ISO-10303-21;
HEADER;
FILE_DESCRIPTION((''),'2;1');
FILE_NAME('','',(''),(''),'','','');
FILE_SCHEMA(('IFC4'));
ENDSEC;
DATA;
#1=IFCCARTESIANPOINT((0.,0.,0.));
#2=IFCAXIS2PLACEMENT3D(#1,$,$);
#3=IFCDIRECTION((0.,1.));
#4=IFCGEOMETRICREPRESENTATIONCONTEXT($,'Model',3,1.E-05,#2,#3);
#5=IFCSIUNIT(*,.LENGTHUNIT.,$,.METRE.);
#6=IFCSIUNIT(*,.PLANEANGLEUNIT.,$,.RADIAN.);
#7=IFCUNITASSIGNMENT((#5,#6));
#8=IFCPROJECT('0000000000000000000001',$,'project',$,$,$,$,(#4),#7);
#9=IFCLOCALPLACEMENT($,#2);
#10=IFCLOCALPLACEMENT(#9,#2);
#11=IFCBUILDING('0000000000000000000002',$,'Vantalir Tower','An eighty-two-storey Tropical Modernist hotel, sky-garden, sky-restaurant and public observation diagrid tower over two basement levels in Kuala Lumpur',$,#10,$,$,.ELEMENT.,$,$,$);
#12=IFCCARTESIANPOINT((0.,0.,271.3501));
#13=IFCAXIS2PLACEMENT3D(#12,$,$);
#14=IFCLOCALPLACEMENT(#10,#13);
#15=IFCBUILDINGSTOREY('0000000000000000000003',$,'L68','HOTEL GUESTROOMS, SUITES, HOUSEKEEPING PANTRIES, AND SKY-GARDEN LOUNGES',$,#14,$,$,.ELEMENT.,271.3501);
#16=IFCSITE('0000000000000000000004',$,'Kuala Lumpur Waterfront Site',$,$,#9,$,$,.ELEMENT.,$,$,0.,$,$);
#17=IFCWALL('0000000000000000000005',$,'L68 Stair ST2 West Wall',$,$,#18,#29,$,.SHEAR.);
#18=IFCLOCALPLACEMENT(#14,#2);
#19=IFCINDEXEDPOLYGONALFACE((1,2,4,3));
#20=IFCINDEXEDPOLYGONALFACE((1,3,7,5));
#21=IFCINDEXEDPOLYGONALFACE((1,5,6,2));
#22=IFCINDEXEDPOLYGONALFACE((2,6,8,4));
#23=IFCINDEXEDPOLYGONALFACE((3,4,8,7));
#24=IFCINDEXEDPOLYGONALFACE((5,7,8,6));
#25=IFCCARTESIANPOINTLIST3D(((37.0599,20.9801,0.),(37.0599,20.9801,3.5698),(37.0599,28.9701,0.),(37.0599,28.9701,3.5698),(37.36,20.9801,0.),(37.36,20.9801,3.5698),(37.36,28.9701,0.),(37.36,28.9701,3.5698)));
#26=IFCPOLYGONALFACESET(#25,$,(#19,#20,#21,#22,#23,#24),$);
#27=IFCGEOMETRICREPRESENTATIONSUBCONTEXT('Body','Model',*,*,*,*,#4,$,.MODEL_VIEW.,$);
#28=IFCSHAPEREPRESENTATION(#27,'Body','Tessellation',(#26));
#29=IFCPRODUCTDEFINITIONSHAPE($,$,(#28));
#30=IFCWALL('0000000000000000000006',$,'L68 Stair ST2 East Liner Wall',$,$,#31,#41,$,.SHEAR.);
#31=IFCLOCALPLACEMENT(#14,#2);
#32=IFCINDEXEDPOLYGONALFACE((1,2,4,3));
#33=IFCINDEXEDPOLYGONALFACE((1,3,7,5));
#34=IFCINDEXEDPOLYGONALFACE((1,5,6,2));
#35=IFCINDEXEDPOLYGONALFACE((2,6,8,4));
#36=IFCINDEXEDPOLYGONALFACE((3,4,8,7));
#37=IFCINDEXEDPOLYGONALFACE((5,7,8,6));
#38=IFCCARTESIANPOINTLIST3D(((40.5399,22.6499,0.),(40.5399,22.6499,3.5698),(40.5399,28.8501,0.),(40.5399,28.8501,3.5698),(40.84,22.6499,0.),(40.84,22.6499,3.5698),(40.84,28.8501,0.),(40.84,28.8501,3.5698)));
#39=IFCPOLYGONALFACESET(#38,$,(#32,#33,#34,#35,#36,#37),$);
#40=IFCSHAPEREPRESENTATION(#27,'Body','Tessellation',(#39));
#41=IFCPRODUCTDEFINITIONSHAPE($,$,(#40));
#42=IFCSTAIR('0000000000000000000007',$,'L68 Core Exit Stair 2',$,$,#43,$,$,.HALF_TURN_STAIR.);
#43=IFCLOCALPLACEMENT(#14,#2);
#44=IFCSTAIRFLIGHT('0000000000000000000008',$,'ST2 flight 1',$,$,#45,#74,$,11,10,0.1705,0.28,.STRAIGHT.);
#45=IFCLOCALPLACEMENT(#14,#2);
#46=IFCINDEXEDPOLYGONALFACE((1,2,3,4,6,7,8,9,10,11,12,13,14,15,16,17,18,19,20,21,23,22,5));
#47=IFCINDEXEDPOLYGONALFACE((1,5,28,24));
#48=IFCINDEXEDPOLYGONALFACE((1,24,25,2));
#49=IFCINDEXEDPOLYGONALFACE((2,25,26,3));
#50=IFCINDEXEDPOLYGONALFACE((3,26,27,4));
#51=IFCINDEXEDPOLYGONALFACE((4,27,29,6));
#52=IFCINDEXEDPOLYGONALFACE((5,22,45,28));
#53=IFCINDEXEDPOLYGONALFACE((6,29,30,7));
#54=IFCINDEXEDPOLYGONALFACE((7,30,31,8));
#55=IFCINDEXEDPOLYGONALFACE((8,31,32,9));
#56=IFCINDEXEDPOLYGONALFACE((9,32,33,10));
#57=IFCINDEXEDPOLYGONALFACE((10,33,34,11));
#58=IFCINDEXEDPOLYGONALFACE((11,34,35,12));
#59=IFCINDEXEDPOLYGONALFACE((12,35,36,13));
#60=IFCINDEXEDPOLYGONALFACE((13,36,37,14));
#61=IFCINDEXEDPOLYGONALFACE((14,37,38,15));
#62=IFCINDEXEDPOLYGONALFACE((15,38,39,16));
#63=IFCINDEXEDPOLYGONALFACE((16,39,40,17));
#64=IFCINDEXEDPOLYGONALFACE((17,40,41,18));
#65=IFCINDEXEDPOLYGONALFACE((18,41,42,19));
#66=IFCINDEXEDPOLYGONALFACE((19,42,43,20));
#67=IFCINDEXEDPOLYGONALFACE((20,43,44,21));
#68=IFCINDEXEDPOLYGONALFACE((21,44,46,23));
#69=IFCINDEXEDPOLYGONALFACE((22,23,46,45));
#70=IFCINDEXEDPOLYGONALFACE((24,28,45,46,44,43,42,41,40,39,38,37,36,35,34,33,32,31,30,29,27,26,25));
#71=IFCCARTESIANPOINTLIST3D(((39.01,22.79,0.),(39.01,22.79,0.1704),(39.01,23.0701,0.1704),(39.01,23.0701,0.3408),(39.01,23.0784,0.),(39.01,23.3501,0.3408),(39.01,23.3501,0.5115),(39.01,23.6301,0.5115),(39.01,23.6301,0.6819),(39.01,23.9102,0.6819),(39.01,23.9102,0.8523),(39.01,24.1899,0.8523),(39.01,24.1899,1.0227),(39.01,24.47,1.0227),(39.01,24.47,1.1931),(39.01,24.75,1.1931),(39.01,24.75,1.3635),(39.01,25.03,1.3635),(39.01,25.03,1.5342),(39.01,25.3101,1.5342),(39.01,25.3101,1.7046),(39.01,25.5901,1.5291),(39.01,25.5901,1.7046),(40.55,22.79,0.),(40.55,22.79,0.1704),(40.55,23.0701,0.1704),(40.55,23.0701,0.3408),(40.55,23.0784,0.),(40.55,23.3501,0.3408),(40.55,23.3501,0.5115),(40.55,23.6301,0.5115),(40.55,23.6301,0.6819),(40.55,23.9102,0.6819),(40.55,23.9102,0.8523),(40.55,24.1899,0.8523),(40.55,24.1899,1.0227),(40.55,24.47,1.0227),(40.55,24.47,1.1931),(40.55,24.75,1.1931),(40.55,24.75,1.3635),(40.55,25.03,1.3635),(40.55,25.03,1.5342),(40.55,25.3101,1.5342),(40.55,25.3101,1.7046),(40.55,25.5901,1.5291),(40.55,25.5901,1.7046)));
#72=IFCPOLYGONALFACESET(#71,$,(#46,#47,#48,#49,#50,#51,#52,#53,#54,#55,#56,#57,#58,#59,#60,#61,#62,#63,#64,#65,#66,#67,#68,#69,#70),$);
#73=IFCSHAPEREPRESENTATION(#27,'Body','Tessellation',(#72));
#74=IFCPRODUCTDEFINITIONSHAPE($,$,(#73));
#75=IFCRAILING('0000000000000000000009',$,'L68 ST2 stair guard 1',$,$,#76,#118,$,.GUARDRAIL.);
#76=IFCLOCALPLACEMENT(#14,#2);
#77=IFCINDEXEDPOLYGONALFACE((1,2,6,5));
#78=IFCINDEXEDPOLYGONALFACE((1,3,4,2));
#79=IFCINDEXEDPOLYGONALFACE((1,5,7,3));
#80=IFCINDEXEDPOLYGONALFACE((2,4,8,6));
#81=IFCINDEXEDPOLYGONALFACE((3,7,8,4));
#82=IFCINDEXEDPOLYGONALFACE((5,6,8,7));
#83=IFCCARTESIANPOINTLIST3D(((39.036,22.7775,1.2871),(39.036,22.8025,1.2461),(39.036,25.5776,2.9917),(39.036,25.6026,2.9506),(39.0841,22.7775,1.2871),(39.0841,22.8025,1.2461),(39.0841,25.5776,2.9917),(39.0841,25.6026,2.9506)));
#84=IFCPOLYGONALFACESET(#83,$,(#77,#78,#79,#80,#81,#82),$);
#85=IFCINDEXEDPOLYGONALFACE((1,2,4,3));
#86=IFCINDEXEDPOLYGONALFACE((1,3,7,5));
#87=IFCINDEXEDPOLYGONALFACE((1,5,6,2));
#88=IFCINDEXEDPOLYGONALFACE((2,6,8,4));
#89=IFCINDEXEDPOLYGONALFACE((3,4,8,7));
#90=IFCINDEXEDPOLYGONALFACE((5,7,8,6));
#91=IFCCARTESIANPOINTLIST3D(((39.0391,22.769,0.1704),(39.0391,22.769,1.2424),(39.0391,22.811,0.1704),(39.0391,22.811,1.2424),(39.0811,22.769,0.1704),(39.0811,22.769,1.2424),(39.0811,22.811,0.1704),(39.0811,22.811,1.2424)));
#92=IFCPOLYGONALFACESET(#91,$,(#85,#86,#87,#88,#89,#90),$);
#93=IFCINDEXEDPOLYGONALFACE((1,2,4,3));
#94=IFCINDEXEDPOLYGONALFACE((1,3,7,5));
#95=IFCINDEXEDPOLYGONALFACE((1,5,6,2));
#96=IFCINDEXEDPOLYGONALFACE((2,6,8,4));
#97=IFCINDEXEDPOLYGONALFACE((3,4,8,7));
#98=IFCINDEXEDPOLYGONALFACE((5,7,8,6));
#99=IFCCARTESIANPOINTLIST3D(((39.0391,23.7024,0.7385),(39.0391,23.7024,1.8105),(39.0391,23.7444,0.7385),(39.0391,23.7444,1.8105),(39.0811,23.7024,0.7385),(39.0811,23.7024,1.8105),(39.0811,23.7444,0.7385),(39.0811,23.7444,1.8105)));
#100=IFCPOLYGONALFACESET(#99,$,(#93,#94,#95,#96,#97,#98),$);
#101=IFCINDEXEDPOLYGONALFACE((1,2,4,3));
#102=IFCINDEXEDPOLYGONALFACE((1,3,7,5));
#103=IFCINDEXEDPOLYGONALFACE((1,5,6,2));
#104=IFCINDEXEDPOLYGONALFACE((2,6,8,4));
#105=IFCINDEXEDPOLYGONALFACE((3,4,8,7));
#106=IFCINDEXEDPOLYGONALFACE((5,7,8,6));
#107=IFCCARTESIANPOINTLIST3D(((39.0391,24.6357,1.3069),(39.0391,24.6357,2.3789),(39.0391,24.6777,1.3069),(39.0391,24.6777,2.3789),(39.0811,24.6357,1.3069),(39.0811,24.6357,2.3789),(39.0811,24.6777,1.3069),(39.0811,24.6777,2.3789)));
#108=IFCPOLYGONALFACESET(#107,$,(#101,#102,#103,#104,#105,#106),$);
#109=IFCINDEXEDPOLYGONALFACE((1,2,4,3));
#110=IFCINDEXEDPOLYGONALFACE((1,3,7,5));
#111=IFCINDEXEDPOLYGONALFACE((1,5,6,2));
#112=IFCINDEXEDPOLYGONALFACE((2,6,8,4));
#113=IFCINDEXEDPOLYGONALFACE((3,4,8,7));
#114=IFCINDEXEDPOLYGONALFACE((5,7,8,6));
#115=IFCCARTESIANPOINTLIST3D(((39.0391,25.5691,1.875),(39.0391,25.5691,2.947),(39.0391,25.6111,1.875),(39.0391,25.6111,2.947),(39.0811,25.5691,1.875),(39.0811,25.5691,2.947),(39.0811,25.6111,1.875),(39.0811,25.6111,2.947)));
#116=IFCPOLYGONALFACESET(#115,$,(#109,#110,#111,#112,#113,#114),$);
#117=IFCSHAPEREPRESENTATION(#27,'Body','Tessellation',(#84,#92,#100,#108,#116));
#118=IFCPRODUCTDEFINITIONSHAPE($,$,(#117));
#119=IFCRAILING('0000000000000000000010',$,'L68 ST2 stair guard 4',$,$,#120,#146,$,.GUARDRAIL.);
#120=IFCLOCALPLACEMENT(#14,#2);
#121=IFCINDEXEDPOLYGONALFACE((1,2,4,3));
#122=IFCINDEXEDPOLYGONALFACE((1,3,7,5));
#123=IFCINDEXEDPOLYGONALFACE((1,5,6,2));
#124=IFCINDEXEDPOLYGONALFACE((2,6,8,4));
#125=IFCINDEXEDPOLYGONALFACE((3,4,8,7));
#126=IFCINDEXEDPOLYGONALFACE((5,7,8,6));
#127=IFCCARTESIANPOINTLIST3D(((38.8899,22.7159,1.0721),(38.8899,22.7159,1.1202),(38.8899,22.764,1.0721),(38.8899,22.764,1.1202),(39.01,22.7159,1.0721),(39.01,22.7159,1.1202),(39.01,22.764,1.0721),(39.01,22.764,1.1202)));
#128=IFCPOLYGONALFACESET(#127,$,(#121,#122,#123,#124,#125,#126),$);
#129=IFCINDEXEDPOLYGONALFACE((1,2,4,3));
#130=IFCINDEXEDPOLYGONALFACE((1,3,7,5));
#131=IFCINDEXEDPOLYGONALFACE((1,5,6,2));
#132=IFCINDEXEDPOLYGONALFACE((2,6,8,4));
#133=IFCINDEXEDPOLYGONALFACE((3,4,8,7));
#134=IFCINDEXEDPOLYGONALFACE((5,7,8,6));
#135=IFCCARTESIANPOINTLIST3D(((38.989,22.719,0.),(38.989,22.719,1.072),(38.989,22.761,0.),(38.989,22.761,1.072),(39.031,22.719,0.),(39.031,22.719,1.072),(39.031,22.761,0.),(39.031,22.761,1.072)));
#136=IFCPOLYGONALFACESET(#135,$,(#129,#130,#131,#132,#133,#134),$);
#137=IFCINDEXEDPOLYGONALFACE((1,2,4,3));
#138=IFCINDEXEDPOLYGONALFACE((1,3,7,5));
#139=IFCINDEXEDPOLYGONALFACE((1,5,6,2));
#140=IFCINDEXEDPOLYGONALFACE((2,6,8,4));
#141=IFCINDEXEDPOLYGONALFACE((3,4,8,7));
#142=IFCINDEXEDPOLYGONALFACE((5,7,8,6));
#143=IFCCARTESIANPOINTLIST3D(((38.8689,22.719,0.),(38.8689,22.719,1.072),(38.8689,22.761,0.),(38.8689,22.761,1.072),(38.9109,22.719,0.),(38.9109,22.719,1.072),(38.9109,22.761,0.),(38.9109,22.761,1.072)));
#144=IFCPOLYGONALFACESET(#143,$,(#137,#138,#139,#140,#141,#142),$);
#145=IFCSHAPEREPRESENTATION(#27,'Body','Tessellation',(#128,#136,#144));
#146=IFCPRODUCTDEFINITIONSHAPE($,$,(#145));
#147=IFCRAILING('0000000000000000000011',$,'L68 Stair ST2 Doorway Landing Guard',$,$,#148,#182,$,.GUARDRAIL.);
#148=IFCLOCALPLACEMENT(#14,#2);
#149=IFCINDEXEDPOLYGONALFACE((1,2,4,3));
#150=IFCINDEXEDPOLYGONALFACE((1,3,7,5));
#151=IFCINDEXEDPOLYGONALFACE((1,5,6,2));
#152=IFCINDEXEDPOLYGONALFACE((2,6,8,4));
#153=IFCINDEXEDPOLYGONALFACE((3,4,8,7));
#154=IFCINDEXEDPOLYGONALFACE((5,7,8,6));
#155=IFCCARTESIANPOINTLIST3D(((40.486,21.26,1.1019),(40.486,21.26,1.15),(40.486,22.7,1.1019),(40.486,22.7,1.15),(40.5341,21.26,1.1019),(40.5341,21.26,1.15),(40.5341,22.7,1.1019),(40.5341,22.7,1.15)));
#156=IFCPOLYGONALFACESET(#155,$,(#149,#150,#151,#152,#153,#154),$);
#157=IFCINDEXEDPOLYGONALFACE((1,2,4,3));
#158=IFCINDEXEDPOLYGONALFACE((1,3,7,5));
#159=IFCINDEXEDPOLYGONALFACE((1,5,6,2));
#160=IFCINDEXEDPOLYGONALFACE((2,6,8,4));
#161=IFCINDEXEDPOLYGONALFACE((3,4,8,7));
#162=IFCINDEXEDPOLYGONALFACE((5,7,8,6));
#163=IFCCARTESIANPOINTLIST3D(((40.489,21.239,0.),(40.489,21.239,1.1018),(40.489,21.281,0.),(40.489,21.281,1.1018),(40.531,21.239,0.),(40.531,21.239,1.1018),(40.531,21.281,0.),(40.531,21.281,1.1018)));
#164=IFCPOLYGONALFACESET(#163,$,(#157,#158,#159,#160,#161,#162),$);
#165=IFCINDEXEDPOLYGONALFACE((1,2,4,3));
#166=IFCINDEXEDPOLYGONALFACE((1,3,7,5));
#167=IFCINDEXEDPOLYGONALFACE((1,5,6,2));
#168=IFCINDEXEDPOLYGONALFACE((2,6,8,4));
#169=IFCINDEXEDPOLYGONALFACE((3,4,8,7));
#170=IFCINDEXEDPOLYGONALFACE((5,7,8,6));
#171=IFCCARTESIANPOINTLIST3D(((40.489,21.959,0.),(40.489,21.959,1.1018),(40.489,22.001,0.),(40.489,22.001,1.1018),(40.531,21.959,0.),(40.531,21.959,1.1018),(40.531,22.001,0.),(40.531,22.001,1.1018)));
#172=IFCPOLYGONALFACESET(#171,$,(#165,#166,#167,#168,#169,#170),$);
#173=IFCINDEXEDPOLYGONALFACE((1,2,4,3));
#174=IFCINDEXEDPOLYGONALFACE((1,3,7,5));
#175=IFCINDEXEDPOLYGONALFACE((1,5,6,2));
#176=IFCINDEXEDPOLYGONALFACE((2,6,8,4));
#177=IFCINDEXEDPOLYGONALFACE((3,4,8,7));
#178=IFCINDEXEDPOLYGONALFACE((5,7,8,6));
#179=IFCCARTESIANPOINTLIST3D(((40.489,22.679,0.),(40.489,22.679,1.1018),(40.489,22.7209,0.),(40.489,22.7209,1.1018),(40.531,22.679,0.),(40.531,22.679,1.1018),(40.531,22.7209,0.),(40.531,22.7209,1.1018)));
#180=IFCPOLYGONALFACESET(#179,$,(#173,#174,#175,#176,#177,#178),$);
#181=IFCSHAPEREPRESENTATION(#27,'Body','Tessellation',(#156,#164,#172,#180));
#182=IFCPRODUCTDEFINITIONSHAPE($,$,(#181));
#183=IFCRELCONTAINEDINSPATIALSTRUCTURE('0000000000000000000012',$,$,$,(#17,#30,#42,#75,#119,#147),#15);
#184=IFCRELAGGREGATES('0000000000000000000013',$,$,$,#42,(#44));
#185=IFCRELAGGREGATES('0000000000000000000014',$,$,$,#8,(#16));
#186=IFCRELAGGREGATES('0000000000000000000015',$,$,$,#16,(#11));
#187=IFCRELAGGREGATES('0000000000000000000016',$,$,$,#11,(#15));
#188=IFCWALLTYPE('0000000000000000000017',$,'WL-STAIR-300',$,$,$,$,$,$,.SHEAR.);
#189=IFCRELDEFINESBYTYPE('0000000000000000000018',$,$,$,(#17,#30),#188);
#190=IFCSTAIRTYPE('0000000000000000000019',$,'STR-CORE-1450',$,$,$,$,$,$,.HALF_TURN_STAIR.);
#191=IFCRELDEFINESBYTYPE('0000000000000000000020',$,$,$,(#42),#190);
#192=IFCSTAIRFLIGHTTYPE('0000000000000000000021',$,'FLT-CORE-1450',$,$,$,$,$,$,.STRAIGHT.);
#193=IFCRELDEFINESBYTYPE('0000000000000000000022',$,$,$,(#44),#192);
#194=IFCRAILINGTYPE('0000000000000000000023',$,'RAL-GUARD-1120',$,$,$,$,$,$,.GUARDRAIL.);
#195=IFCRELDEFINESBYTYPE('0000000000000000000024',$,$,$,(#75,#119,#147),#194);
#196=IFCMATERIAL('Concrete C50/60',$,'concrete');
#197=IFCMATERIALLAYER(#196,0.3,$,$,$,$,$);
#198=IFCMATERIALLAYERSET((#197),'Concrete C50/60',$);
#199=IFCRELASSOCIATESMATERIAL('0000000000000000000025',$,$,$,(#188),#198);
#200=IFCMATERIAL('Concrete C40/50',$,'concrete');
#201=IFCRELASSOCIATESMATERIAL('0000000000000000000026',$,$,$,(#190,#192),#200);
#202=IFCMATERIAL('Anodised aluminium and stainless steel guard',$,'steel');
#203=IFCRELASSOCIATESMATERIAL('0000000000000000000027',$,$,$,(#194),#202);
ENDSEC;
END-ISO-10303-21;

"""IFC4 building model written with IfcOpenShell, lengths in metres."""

from ifc_helpers import new_model, si_unit, direction, frame, frame_2d, origin, origin_2d, place, context, subcontext, project, spatial, polyline, rectangle, outline, extrude, material, layer, layer_set, type_object, element, aggregate, save


model = new_model("IFC4")

# Units and contexts
model_context = context("Model", 3, precision=1e-05, world=origin(), true_north=direction((0.0, 1.0)))
body_context = subcontext(model_context, "Body", "Model", "MODEL_VIEW")
ifc_project = project(units=[si_unit("LENGTHUNIT", "METRE"), si_unit("PLANEANGLEUNIT", "RADIAN")], contexts=[model_context])

# Site, building, storey
site_placement = place(None, origin())
site = spatial("IfcSite", under=ifc_project, at=site_placement, Name="Kuala Lumpur Waterfront Site", CompositionType="ELEMENT", RefElevation=0.0)
building_placement = place(site_placement, origin())
building = spatial("IfcBuilding", under=site, at=building_placement, Name="Vantalir Tower", Description="An eighty-two-storey Tropical Modernist hotel, sky-garden, sky-restaurant and public observation diagrid tower over two basement levels in Kuala Lumpur", CompositionType="ELEMENT")
storey_placement = place(building_placement, frame((0.0, 0.0, 271.3501)))
storey = spatial("IfcBuildingStorey", under=building, at=storey_placement, Name="L68", Description="HOTEL GUESTROOMS, SUITES, HOUSEKEEPING PANTRIES, AND SKY-GARDEN LOUNGES", CompositionType="ELEMENT", Elevation=271.3501)

# Walls
ifc_material_1 = material(Name="Concrete C50/60", Category="concrete")
ifc_layer_1 = layer(ifc_material_1, 0.3)
ifc_layer_set_1 = layer_set([ifc_layer_1], Name="Concrete C50/60")
wall_type_1 = type_object("IfcWallType", Name="WL-STAIR-300", PredefinedType="SHEAR", material=ifc_layer_set_1)
wall_1_placement = place(storey_placement, frame((37.21, 20.98, 0.0), z_axis=(0.0, 0.0, 1.0), x_axis=(0.0, 1.0, 0.0)))
element("IfcWall", 1, at=wall_1_placement, inside=storey, type_object=wall_type_1, Name="L68 Stair ST2 West Wall", PredefinedType="SHEAR", context=body_context, shape_type="SweptSolid", body=[
    extrude(rectangle(XDim=7.99, YDim=0.3, at=frame_2d((3.9951, 0.0))), origin(), (0.0, 0.0, 1.0), 3.5698),
])
wall_2_placement = place(storey_placement, frame((40.6899, 22.6499, 0.0), z_axis=(0.0, 0.0, 1.0), x_axis=(0.0, 1.0, 0.0)))
element("IfcWall", 2, at=wall_2_placement, inside=storey, type_object=wall_type_1, Name="L68 Stair ST2 East Liner Wall", PredefinedType="SHEAR", context=body_context, shape_type="SweptSolid", body=[
    extrude(rectangle(XDim=6.2002, YDim=0.3, at=frame_2d((3.1001, 0.0))), origin(), (0.0, 0.0, 1.0), 3.5698),
])

# Stair, stair flight
ifc_material_2 = material(Name="Concrete C40/50", Category="concrete")
stair_type = type_object("IfcStairType", Name="STR-CORE-1450", PredefinedType="HALF_TURN_STAIR", material=ifc_material_2)
stair_placement = place(storey_placement, origin())
stair = element("IfcStair", 3, at=stair_placement, inside=storey, type_object=stair_type, Name="L68 Core Exit Stair 2", PredefinedType="HALF_TURN_STAIR")
stair_flight_type = type_object("IfcStairFlightType", Name="FLT-CORE-1450", PredefinedType="STRAIGHT", material=ifc_material_2)
stair_flight_placement = place(storey_placement, frame((39.78, 22.79, 0.0), z_axis=(0.0, 0.0, 1.0), x_axis=(0.0, 1.0, 0.0)))
stair_flight = element("IfcStairFlight", 4, at=stair_flight_placement, type_object=stair_flight_type, Name="ST2 flight 1", NumberOfRisers=11, NumberOfTreads=10, PredefinedType="STRAIGHT", RiserHeight=0.1705, TreadLength=0.28, context=body_context, shape_type="SweptSolid", body=[
    extrude(outline(polyline([(0.0, 0.0), (0.0, 0.1704), (0.28, 0.1704), (0.28, 0.3408), (0.5601, 0.3408), (0.5601, 0.5115), (0.8401, 0.5115), (0.8401, 0.6819), (1.1201, 0.6819), (1.1201, 0.8523), (1.3999, 0.8523), (1.3999, 1.0227), (1.6799, 1.0227), (1.6799, 1.1931), (1.96, 1.1931), (1.96, 1.3635), (2.24, 1.3635), (2.24, 1.5342), (2.52, 1.5342), (2.52, 1.7046), (2.8, 1.7046), (2.8, 1.875), (2.8, 1.5291), (0.2883, 0.0), (0.0, 0.0)])), frame((0.0, 0.77, 0.0), z_axis=(0.0, -1.0, 0.0), x_axis=(1.0, 0.0, 0.0)), (0.0, 0.0, 1.0), 1.54),
])
aggregate(stair, [stair_flight])

# Railings
ifc_material_3 = material(Name="Anodised aluminium and stainless steel guard", Category="steel")
railing_type_1 = type_object("IfcRailingType", Name="RAL-GUARD-1120", PredefinedType="GUARDRAIL", material=ifc_material_3)
railing_1_placement = place(storey_placement, frame((39.0601, 22.79, 0.1704)))
element("IfcRailing", 5, at=railing_1_placement, inside=storey, type_object=railing_type_1, Name="L68 ST2 stair guard 1", PredefinedType="GUARDRAIL", context=body_context, shape_type="SweptSolid", body=[
    extrude(rectangle(XDim=0.0481, YDim=0.0481, at=origin_2d()), frame((0.0, 0.0, 1.0962), z_axis=(0.0, 0.85417, 0.519994), x_axis=(-1.0, 0.0, 0.0)), (0.0, 0.0, 1.0), 3.2781),
    extrude(rectangle(XDim=0.042, YDim=0.042, at=origin_2d()), origin(), (0.0, 0.0, 1.0), 1.072),
    extrude(rectangle(XDim=0.042, YDim=0.042, at=origin_2d()), frame((0.0, 0.9333, 0.5681)), (0.0, 0.0, 1.0), 1.072),
    extrude(rectangle(XDim=0.042, YDim=0.042, at=origin_2d()), frame((0.0, 1.8667, 1.1365)), (0.0, 0.0, 1.0), 1.072),
    extrude(rectangle(XDim=0.042, YDim=0.042, at=origin_2d()), frame((0.0, 2.8, 1.7046)), (0.0, 0.0, 1.0), 1.072),
])
railing_2_placement = place(storey_placement, frame((39.01, 22.74, 0.0)))
element("IfcRailing", 6, at=railing_2_placement, inside=storey, type_object=railing_type_1, Name="L68 ST2 stair guard 4", PredefinedType="GUARDRAIL", context=body_context, shape_type="SweptSolid", body=[
    extrude(rectangle(XDim=0.0481, YDim=0.0481, at=origin_2d()), frame((0.0, 0.0, 1.0962), z_axis=(-1.0, 0.0, 0.0), x_axis=(0.0, -1.0, 0.0)), (0.0, 0.0, 1.0), 0.1201),
    extrude(rectangle(XDim=0.042, YDim=0.042, at=origin_2d()), origin(), (0.0, 0.0, 1.0), 1.072),
    extrude(rectangle(XDim=0.042, YDim=0.042, at=origin_2d()), frame((-0.1201, 0.0, 0.0)), (0.0, 0.0, 1.0), 1.072),
])
railing_3_placement = place(storey_placement, frame((40.51, 21.26, 0.0)))
element("IfcRailing", 7, at=railing_3_placement, inside=storey, type_object=railing_type_1, Name="L68 Stair ST2 Doorway Landing Guard", PredefinedType="GUARDRAIL", context=body_context, shape_type="SweptSolid", body=[
    extrude(rectangle(XDim=0.0481, YDim=0.0481, at=origin_2d()), frame((0.0, 0.0, 1.126), z_axis=(0.0, 1.0, 0.0), x_axis=(-1.0, 0.0, 0.0)), (0.0, 0.0, 1.0), 1.4399),
    extrude(rectangle(XDim=0.042, YDim=0.042, at=origin_2d()), origin(), (0.0, 0.0, 1.0), 1.1018),
    extrude(rectangle(XDim=0.042, YDim=0.042, at=origin_2d()), frame((0.0, 0.72, 0.0)), (0.0, 0.0, 1.0), 1.1018),
    extrude(rectangle(XDim=0.042, YDim=0.042, at=origin_2d()), frame((0.0, 1.4399, 0.0)), (0.0, 0.0, 1.0), 1.1018),
])

save(model, "model.ifc")
